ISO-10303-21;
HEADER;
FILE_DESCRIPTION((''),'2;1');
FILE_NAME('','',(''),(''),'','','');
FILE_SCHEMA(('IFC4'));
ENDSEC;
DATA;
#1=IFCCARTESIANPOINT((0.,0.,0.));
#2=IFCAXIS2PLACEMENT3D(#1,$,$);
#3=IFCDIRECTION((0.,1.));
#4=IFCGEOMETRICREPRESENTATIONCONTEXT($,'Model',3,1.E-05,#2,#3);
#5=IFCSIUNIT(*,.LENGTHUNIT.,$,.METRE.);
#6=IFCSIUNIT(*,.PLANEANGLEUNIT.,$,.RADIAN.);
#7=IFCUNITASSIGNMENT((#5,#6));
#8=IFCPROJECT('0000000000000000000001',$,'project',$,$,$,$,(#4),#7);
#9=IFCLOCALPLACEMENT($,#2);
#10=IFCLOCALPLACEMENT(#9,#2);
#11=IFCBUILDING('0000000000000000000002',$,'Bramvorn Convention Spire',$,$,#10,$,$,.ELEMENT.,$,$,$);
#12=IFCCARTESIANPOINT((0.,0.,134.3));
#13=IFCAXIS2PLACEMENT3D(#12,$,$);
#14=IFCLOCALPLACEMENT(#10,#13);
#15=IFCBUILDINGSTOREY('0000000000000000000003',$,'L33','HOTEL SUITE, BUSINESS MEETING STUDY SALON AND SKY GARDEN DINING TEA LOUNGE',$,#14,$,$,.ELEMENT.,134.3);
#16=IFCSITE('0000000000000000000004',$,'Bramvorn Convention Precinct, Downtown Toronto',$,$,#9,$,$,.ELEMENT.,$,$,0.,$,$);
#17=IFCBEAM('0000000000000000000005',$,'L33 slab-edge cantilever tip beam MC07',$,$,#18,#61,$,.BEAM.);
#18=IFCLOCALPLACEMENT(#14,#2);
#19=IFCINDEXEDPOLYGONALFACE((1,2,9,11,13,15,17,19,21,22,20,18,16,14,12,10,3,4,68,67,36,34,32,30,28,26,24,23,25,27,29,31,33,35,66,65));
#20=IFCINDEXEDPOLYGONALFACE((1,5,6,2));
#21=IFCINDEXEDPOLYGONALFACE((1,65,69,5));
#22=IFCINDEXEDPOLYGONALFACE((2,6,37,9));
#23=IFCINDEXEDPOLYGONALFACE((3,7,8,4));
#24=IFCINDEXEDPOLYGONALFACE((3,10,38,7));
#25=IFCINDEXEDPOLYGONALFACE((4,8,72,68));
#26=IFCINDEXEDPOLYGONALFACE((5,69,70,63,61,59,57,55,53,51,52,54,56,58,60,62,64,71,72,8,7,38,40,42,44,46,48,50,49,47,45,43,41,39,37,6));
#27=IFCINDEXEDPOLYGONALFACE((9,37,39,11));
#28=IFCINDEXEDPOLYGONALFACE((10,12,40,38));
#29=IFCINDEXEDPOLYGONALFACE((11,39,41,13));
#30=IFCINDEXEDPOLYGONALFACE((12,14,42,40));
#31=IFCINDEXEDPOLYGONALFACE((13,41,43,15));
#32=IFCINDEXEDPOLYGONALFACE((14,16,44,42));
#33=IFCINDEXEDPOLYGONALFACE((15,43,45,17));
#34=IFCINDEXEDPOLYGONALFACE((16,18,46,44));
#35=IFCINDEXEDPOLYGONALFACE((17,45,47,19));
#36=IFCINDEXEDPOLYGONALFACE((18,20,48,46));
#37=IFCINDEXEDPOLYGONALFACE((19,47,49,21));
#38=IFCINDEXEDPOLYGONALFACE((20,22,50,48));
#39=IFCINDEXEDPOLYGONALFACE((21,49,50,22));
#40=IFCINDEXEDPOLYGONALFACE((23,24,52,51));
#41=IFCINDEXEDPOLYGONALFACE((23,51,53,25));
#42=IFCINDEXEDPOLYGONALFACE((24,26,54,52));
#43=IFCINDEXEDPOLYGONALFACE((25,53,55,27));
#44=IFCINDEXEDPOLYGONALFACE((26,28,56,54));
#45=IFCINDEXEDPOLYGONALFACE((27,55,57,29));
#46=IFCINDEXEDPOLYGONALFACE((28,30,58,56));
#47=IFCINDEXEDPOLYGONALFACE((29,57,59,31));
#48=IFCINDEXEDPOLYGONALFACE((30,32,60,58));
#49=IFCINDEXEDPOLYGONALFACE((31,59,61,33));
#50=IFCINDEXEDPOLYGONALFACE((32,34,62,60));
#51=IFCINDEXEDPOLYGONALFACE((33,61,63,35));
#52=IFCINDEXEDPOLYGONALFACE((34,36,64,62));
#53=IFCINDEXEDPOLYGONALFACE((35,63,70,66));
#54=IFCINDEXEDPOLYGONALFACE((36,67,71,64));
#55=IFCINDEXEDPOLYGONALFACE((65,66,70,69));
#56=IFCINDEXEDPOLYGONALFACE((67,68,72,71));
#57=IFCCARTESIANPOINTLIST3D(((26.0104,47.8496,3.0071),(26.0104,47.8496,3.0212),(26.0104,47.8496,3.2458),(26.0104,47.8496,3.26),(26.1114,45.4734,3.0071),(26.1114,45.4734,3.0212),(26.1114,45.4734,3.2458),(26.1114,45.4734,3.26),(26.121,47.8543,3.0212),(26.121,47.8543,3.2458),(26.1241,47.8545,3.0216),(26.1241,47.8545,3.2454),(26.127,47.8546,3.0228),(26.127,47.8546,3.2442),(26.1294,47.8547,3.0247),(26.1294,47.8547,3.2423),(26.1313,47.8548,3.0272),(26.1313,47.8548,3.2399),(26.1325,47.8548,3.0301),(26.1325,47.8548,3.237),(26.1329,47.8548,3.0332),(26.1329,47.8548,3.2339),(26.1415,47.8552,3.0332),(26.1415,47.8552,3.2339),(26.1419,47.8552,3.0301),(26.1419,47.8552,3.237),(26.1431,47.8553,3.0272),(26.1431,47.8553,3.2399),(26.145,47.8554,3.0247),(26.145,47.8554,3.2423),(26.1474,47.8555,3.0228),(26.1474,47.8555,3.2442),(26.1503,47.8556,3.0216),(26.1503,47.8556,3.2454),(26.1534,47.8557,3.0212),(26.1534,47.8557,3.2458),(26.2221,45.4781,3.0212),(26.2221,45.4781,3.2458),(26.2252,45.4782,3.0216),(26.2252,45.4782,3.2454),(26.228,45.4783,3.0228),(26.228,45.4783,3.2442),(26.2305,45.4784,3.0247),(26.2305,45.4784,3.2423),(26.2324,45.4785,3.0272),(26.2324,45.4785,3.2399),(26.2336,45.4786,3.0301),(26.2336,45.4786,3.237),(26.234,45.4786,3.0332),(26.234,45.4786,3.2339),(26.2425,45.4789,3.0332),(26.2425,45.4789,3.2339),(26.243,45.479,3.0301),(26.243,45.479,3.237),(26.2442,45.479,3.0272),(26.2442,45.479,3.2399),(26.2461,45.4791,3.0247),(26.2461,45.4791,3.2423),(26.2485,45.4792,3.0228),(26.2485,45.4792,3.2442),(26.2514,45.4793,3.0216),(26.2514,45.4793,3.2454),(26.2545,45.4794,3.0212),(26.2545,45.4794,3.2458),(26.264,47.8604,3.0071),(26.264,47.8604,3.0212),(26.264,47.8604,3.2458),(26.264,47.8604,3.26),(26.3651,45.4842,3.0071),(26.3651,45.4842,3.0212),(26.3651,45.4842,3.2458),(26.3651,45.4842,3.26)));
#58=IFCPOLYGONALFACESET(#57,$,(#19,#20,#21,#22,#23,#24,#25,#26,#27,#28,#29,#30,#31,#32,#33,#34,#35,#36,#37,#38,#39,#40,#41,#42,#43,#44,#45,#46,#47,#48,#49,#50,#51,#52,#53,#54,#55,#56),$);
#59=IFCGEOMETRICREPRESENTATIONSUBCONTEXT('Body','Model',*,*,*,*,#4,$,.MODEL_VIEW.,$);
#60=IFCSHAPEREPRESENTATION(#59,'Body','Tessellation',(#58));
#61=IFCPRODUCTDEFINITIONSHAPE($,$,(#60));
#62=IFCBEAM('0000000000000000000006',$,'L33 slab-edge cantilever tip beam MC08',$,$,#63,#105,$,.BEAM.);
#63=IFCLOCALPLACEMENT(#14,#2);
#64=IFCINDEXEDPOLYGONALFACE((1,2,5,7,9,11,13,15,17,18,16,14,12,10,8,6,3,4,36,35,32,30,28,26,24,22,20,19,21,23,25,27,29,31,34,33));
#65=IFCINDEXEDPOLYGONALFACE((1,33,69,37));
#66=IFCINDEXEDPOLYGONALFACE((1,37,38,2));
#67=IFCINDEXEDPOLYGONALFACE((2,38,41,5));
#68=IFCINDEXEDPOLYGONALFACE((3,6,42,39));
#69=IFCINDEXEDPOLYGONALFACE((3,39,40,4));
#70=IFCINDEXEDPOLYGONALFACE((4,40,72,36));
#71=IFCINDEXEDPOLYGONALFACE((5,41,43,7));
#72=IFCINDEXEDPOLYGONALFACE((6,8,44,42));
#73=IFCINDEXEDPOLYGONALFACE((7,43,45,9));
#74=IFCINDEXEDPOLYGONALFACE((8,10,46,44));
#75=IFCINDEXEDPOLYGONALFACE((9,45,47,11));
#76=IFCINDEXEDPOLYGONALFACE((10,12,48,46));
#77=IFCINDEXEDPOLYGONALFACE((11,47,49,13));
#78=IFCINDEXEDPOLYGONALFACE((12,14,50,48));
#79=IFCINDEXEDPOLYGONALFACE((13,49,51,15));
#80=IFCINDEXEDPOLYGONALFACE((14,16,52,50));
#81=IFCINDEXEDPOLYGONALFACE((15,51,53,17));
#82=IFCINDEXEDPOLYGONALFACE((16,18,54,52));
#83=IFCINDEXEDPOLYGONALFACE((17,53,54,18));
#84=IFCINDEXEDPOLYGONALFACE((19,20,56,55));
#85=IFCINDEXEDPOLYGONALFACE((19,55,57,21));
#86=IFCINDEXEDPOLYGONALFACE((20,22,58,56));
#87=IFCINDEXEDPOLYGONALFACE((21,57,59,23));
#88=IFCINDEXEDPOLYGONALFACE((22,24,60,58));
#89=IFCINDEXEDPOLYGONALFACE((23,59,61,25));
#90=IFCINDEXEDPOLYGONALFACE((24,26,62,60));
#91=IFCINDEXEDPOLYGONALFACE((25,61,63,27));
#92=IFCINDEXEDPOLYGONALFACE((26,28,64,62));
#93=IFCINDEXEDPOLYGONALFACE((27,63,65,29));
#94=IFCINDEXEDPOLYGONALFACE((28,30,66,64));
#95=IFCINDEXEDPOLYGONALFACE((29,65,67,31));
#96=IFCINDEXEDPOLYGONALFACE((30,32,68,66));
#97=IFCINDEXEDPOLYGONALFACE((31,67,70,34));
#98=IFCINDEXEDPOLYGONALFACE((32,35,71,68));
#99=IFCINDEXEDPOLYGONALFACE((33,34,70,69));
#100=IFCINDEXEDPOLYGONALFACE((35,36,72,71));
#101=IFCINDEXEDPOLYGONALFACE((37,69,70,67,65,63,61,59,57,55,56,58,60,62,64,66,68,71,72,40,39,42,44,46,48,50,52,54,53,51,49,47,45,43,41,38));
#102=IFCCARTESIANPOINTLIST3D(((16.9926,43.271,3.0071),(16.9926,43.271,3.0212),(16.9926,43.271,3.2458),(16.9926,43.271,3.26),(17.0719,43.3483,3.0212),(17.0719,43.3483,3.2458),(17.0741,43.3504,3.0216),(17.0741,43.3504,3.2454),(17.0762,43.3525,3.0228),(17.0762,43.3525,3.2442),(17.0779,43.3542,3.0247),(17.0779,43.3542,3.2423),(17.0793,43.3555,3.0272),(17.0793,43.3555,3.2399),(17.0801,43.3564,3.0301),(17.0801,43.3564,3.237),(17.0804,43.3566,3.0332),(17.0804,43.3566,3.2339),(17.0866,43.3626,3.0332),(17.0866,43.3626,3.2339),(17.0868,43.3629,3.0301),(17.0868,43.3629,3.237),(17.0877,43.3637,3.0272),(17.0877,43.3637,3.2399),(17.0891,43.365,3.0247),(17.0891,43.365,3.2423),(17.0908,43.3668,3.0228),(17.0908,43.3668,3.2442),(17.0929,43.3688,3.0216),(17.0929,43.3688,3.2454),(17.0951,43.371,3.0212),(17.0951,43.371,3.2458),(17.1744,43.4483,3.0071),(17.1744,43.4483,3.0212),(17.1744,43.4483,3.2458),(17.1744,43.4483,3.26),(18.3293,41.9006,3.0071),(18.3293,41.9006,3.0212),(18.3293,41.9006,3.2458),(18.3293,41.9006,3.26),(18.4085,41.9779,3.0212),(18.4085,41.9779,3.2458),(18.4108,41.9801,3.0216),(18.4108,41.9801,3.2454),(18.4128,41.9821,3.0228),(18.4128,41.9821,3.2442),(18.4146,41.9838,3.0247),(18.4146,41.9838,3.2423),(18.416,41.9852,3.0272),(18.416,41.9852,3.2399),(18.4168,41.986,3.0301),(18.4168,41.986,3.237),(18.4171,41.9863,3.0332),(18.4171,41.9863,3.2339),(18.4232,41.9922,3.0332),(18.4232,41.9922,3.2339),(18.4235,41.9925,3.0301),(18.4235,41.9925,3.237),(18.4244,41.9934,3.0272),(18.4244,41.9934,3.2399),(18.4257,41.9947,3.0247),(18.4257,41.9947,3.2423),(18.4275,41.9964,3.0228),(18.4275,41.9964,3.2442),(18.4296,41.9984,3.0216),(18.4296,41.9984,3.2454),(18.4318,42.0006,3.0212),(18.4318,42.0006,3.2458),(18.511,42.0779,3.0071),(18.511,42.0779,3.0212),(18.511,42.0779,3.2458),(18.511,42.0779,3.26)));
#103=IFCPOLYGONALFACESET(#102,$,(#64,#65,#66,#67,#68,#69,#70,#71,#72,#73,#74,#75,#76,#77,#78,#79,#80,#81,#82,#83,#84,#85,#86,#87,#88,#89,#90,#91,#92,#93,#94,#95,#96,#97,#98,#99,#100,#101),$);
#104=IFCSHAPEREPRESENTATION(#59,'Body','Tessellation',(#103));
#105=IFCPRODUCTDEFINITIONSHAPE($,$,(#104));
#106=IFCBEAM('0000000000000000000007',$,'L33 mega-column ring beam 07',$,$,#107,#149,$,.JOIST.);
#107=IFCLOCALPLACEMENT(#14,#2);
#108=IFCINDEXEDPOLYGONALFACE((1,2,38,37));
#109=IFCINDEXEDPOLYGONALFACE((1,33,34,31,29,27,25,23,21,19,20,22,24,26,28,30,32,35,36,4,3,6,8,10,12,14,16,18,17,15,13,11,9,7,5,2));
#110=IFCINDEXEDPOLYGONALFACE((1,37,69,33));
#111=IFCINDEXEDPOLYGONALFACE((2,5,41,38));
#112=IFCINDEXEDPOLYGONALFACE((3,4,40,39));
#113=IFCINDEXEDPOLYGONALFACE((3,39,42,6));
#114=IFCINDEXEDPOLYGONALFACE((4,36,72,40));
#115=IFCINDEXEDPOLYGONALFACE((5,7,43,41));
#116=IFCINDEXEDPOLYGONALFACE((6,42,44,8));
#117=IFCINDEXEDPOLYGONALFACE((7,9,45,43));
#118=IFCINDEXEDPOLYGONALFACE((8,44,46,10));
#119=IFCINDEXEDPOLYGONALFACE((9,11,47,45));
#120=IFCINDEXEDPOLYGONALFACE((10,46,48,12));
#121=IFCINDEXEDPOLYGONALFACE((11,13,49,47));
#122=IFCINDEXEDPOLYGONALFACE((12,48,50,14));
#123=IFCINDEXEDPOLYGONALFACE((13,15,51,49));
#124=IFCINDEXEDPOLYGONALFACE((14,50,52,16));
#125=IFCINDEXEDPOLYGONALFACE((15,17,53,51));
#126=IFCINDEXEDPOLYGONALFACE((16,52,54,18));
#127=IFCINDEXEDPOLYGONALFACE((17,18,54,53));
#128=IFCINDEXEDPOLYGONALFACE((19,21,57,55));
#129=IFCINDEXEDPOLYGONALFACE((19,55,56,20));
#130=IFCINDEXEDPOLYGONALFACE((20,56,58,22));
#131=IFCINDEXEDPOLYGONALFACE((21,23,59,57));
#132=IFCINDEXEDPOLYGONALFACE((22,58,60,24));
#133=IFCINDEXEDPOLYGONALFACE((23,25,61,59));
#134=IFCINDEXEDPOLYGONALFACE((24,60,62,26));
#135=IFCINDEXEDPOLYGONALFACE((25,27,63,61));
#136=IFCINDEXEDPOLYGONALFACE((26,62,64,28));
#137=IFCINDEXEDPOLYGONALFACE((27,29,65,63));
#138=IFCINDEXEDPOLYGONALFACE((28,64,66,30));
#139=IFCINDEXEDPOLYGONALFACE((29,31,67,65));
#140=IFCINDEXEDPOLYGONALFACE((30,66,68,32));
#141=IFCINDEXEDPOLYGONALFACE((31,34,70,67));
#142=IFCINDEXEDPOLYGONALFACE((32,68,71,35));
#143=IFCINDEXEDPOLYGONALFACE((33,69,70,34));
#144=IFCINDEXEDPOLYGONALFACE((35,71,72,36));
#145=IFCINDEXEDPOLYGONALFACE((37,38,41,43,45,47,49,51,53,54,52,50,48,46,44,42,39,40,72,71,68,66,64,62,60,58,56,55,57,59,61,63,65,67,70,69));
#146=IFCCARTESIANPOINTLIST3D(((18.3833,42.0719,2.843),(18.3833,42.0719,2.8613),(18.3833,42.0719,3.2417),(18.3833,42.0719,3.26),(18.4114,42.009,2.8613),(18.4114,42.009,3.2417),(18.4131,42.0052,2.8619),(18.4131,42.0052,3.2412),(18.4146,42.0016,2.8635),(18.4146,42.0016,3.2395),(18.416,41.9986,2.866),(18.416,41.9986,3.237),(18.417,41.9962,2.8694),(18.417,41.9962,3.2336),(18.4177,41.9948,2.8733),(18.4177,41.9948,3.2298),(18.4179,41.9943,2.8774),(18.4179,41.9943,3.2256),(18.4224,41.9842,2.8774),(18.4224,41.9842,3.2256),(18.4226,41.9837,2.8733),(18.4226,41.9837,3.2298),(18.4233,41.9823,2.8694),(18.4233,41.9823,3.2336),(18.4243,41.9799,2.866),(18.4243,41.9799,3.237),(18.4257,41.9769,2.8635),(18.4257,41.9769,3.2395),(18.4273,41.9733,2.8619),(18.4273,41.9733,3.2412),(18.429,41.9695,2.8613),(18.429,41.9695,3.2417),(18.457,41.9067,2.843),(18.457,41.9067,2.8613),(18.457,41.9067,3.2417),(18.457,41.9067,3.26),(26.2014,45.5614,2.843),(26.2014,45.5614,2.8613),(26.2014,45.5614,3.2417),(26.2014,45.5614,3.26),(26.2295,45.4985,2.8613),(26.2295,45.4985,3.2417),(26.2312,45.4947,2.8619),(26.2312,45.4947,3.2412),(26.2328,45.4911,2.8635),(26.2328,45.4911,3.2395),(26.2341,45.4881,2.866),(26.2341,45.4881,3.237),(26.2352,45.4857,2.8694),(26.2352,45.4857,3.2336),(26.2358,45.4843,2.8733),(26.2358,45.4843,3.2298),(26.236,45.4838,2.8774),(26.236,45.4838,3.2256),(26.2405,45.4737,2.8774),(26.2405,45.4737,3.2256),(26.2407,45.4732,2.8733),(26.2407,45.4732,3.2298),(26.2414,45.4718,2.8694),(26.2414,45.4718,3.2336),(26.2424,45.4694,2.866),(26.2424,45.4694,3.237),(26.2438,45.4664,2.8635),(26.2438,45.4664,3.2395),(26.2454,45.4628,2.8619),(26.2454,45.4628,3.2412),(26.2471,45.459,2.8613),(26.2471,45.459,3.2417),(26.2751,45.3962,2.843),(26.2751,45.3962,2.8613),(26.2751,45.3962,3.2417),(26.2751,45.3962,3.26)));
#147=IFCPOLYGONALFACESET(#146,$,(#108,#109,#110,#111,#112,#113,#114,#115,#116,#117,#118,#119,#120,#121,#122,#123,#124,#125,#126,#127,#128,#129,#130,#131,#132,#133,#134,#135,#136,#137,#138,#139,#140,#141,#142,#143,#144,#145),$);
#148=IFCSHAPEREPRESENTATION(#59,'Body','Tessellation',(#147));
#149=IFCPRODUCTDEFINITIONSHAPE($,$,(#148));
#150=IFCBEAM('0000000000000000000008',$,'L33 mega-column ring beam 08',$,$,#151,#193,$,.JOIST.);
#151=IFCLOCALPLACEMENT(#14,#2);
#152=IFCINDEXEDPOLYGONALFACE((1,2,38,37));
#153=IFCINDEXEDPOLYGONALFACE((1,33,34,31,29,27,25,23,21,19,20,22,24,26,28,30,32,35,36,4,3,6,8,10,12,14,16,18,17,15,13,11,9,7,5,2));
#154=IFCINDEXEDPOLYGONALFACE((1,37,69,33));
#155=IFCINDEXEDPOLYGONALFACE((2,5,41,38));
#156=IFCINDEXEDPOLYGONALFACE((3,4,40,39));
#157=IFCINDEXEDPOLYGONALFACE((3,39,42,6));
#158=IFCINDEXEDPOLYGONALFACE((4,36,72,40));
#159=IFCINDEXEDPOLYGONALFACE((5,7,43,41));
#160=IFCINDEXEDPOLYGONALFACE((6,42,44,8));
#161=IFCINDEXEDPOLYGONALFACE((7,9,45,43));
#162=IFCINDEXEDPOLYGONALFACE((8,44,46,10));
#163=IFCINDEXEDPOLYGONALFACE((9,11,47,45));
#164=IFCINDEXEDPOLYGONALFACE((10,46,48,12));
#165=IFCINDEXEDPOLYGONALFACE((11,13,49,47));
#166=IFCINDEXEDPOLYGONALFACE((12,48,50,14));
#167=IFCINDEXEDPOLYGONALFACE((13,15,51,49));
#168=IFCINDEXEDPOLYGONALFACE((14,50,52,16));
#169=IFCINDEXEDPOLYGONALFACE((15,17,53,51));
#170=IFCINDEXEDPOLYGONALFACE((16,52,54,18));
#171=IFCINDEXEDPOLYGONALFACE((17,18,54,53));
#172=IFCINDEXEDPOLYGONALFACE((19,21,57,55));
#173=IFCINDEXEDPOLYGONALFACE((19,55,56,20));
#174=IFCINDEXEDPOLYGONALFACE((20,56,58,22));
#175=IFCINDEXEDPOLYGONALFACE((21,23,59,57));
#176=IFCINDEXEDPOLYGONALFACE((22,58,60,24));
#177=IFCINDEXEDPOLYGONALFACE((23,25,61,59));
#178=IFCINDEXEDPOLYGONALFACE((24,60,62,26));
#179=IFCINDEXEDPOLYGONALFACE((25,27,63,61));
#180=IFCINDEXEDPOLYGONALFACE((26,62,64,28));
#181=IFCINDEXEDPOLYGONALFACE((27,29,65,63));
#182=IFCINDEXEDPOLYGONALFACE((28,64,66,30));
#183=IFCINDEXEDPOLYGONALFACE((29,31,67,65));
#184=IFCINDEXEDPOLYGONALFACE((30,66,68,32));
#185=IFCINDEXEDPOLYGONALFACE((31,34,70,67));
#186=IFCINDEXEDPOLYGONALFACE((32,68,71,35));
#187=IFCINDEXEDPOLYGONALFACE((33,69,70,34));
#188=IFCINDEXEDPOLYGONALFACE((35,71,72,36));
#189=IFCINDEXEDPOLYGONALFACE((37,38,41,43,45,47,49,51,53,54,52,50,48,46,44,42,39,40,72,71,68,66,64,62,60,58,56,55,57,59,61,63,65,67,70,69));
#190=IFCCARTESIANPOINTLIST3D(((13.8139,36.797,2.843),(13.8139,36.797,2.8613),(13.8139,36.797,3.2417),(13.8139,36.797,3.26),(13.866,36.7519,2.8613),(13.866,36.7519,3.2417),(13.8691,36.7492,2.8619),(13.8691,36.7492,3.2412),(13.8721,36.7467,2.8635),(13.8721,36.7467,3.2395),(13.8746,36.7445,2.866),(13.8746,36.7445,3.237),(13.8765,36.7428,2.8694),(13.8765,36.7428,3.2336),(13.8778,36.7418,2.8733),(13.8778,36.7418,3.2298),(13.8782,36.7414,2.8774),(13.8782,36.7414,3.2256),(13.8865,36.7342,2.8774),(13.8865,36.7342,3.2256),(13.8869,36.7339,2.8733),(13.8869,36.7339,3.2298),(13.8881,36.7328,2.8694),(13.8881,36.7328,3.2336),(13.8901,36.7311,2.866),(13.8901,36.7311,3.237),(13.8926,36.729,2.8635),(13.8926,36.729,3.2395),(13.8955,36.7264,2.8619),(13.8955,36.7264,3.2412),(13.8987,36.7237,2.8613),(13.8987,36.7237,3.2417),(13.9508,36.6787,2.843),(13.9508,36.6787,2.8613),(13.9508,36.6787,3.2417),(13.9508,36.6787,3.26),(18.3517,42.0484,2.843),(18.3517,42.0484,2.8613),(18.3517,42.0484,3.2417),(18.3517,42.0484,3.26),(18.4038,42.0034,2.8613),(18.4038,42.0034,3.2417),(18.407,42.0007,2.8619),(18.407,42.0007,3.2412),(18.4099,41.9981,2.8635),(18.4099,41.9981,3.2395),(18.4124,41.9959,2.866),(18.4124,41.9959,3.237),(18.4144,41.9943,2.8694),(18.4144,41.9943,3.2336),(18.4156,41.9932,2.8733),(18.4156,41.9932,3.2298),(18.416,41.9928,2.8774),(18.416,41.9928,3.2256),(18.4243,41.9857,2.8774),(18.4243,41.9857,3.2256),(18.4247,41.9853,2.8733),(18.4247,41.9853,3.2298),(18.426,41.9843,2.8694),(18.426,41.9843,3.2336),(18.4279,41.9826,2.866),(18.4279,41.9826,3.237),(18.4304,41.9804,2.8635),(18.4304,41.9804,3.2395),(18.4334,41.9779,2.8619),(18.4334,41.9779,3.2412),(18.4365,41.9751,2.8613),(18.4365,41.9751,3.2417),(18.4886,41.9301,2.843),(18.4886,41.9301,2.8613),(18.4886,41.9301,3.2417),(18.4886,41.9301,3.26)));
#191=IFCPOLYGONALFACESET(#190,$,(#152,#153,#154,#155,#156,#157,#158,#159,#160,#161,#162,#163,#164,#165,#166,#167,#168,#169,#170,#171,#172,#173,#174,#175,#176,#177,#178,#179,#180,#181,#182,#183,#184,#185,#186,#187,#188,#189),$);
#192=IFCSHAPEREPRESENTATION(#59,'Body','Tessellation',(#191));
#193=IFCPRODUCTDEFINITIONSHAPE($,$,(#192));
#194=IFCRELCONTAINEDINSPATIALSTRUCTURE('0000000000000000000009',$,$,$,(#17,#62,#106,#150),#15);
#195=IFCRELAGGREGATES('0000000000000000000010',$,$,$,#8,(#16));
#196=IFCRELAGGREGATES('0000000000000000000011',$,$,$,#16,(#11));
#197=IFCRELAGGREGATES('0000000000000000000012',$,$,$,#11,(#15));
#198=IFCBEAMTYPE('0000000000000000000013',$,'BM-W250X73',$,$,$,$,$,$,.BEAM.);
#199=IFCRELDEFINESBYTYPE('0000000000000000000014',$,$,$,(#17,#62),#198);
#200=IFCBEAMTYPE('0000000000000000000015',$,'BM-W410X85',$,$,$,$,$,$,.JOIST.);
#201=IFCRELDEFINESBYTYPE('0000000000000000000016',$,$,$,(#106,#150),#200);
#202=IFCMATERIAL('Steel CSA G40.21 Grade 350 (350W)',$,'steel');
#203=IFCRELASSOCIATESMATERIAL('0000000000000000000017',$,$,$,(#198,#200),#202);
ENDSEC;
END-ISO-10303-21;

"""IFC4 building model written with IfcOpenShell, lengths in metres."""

from ifc_helpers import new_model, si_unit, direction, frame, origin, origin_2d, place, context, subcontext, project, spatial, i_section, extrude, material, material_profile, profile_set, type_object, element, save


model = new_model("IFC4")

# Units and contexts
model_context = context("Model", 3, precision=1e-05, world=origin(), true_north=direction((0.0, 1.0)))
body_context = subcontext(model_context, "Body", "Model", "MODEL_VIEW")
ifc_project = project(units=[si_unit("LENGTHUNIT", "METRE"), si_unit("PLANEANGLEUNIT", "RADIAN")], contexts=[model_context])

# Site, building, storey
site_placement = place(None, origin())
site = spatial("IfcSite", under=ifc_project, at=site_placement, Name="Bramvorn Convention Precinct, Downtown Toronto", CompositionType="ELEMENT", RefElevation=0.0)
building_placement = place(site_placement, origin())
building = spatial("IfcBuilding", under=site, at=building_placement, Name="Bramvorn Convention Spire", CompositionType="ELEMENT")
storey_placement = place(building_placement, frame((0.0, 0.0, 134.3)))
storey = spatial("IfcBuildingStorey", under=building, at=storey_placement, Name="L33", Description="HOTEL SUITE, BUSINESS MEETING STUDY SALON AND SKY GARDEN DINING TEA LOUNGE", CompositionType="ELEMENT", Elevation=134.3)

# Shared definitions
ifc_material_1 = material(Name="Steel CSA G40.21 Grade 350 (350W)", Category="steel")

# Beams
ifc_material_profile_1 = material_profile(ifc_material_1, i_section(OverallWidth=0.2539, OverallDepth=0.2529, WebThickness=0.0085, FlangeThickness=0.0142, FilletRadius=0.012, at=origin_2d()))
ifc_profile_set_1 = profile_set([ifc_material_profile_1], Name="Steel CSA G40.21 Grade 350 (350W) - W250X73")
beam_type_1 = type_object("IfcBeamType", Name="BM-W250X73", PredefinedType="BEAM", material=ifc_profile_set_1)
beam_1_placement = place(storey_placement, frame((26.2383, 45.4788, 3.1335), z_axis=(-0.042497, 0.999097, 0.0), x_axis=(-0.999097, -0.042497, 0.0)))
element("IfcBeam", 1, at=beam_1_placement, inside=storey, type_object=beam_type_1, Name="L33 slab-edge cantilever tip beam MC07", PredefinedType="BEAM", context=body_context, shape_type="SweptSolid", body=[
    extrude(i_section(OverallWidth=0.2539, OverallDepth=0.2529, WebThickness=0.0085, FlangeThickness=0.0142, FilletRadius=0.012, at=origin_2d()), origin(), (0.0, 0.0, 1.0), 2.3784),
])
beam_2_placement = place(storey_placement, frame((18.4202, 41.9893, 3.1335), z_axis=(-0.698252, 0.715852, 0.0), x_axis=(-0.715852, -0.698252, 0.0)))
element("IfcBeam", 2, at=beam_2_placement, inside=storey, type_object=beam_type_1, Name="L33 slab-edge cantilever tip beam MC08", PredefinedType="BEAM", context=body_context, shape_type="SweptSolid", body=[
    extrude(i_section(OverallWidth=0.2539, OverallDepth=0.2529, WebThickness=0.0085, FlangeThickness=0.0142, FilletRadius=0.012, at=origin_2d()), origin(), (0.0, 0.0, 1.0), 1.9143),
])
ifc_material_profile_2 = material_profile(ifc_material_1, i_section(OverallWidth=0.1809, OverallDepth=0.417, WebThickness=0.011, FlangeThickness=0.0183, FilletRadius=0.0161, at=origin_2d()))
ifc_profile_set_2 = profile_set([ifc_material_profile_2], Name="Steel CSA G40.21 Grade 350 (350W) - W410X85")
beam_type_2 = type_object("IfcBeamType", Name="BM-W410X85", PredefinedType="JOIST", material=ifc_profile_set_2)
beam_3_placement = place(storey_placement, frame((26.2383, 45.4788, 3.0515), z_axis=(-0.91317, -0.40758, 0.0), x_axis=(0.40758, -0.91317, 0.0)))
element("IfcBeam", 3, at=beam_3_placement, inside=storey, type_object=beam_type_2, Name="L33 mega-column ring beam 07", PredefinedType="JOIST", context=body_context, shape_type="SweptSolid", body=[
    extrude(i_section(OverallWidth=0.1809, OverallDepth=0.417, WebThickness=0.011, FlangeThickness=0.0183, FilletRadius=0.0161, at=origin_2d()), origin(), (0.0, 0.0, 1.0), 8.5615),
])
beam_4_placement = place(storey_placement, frame((18.4202, 41.9893, 3.0515), z_axis=(-0.653825, -0.756646, 0.0), x_axis=(0.756646, -0.653825, 0.0)))
element("IfcBeam", 4, at=beam_4_placement, inside=storey, type_object=beam_type_2, Name="L33 mega-column ring beam 08", PredefinedType="JOIST", context=body_context, shape_type="SweptSolid", body=[
    extrude(i_section(OverallWidth=0.1809, OverallDepth=0.417, WebThickness=0.011, FlangeThickness=0.0183, FilletRadius=0.0161, at=origin_2d()), origin(), (0.0, 0.0, 1.0), 6.9404),
])

save(model, "model.ifc")
